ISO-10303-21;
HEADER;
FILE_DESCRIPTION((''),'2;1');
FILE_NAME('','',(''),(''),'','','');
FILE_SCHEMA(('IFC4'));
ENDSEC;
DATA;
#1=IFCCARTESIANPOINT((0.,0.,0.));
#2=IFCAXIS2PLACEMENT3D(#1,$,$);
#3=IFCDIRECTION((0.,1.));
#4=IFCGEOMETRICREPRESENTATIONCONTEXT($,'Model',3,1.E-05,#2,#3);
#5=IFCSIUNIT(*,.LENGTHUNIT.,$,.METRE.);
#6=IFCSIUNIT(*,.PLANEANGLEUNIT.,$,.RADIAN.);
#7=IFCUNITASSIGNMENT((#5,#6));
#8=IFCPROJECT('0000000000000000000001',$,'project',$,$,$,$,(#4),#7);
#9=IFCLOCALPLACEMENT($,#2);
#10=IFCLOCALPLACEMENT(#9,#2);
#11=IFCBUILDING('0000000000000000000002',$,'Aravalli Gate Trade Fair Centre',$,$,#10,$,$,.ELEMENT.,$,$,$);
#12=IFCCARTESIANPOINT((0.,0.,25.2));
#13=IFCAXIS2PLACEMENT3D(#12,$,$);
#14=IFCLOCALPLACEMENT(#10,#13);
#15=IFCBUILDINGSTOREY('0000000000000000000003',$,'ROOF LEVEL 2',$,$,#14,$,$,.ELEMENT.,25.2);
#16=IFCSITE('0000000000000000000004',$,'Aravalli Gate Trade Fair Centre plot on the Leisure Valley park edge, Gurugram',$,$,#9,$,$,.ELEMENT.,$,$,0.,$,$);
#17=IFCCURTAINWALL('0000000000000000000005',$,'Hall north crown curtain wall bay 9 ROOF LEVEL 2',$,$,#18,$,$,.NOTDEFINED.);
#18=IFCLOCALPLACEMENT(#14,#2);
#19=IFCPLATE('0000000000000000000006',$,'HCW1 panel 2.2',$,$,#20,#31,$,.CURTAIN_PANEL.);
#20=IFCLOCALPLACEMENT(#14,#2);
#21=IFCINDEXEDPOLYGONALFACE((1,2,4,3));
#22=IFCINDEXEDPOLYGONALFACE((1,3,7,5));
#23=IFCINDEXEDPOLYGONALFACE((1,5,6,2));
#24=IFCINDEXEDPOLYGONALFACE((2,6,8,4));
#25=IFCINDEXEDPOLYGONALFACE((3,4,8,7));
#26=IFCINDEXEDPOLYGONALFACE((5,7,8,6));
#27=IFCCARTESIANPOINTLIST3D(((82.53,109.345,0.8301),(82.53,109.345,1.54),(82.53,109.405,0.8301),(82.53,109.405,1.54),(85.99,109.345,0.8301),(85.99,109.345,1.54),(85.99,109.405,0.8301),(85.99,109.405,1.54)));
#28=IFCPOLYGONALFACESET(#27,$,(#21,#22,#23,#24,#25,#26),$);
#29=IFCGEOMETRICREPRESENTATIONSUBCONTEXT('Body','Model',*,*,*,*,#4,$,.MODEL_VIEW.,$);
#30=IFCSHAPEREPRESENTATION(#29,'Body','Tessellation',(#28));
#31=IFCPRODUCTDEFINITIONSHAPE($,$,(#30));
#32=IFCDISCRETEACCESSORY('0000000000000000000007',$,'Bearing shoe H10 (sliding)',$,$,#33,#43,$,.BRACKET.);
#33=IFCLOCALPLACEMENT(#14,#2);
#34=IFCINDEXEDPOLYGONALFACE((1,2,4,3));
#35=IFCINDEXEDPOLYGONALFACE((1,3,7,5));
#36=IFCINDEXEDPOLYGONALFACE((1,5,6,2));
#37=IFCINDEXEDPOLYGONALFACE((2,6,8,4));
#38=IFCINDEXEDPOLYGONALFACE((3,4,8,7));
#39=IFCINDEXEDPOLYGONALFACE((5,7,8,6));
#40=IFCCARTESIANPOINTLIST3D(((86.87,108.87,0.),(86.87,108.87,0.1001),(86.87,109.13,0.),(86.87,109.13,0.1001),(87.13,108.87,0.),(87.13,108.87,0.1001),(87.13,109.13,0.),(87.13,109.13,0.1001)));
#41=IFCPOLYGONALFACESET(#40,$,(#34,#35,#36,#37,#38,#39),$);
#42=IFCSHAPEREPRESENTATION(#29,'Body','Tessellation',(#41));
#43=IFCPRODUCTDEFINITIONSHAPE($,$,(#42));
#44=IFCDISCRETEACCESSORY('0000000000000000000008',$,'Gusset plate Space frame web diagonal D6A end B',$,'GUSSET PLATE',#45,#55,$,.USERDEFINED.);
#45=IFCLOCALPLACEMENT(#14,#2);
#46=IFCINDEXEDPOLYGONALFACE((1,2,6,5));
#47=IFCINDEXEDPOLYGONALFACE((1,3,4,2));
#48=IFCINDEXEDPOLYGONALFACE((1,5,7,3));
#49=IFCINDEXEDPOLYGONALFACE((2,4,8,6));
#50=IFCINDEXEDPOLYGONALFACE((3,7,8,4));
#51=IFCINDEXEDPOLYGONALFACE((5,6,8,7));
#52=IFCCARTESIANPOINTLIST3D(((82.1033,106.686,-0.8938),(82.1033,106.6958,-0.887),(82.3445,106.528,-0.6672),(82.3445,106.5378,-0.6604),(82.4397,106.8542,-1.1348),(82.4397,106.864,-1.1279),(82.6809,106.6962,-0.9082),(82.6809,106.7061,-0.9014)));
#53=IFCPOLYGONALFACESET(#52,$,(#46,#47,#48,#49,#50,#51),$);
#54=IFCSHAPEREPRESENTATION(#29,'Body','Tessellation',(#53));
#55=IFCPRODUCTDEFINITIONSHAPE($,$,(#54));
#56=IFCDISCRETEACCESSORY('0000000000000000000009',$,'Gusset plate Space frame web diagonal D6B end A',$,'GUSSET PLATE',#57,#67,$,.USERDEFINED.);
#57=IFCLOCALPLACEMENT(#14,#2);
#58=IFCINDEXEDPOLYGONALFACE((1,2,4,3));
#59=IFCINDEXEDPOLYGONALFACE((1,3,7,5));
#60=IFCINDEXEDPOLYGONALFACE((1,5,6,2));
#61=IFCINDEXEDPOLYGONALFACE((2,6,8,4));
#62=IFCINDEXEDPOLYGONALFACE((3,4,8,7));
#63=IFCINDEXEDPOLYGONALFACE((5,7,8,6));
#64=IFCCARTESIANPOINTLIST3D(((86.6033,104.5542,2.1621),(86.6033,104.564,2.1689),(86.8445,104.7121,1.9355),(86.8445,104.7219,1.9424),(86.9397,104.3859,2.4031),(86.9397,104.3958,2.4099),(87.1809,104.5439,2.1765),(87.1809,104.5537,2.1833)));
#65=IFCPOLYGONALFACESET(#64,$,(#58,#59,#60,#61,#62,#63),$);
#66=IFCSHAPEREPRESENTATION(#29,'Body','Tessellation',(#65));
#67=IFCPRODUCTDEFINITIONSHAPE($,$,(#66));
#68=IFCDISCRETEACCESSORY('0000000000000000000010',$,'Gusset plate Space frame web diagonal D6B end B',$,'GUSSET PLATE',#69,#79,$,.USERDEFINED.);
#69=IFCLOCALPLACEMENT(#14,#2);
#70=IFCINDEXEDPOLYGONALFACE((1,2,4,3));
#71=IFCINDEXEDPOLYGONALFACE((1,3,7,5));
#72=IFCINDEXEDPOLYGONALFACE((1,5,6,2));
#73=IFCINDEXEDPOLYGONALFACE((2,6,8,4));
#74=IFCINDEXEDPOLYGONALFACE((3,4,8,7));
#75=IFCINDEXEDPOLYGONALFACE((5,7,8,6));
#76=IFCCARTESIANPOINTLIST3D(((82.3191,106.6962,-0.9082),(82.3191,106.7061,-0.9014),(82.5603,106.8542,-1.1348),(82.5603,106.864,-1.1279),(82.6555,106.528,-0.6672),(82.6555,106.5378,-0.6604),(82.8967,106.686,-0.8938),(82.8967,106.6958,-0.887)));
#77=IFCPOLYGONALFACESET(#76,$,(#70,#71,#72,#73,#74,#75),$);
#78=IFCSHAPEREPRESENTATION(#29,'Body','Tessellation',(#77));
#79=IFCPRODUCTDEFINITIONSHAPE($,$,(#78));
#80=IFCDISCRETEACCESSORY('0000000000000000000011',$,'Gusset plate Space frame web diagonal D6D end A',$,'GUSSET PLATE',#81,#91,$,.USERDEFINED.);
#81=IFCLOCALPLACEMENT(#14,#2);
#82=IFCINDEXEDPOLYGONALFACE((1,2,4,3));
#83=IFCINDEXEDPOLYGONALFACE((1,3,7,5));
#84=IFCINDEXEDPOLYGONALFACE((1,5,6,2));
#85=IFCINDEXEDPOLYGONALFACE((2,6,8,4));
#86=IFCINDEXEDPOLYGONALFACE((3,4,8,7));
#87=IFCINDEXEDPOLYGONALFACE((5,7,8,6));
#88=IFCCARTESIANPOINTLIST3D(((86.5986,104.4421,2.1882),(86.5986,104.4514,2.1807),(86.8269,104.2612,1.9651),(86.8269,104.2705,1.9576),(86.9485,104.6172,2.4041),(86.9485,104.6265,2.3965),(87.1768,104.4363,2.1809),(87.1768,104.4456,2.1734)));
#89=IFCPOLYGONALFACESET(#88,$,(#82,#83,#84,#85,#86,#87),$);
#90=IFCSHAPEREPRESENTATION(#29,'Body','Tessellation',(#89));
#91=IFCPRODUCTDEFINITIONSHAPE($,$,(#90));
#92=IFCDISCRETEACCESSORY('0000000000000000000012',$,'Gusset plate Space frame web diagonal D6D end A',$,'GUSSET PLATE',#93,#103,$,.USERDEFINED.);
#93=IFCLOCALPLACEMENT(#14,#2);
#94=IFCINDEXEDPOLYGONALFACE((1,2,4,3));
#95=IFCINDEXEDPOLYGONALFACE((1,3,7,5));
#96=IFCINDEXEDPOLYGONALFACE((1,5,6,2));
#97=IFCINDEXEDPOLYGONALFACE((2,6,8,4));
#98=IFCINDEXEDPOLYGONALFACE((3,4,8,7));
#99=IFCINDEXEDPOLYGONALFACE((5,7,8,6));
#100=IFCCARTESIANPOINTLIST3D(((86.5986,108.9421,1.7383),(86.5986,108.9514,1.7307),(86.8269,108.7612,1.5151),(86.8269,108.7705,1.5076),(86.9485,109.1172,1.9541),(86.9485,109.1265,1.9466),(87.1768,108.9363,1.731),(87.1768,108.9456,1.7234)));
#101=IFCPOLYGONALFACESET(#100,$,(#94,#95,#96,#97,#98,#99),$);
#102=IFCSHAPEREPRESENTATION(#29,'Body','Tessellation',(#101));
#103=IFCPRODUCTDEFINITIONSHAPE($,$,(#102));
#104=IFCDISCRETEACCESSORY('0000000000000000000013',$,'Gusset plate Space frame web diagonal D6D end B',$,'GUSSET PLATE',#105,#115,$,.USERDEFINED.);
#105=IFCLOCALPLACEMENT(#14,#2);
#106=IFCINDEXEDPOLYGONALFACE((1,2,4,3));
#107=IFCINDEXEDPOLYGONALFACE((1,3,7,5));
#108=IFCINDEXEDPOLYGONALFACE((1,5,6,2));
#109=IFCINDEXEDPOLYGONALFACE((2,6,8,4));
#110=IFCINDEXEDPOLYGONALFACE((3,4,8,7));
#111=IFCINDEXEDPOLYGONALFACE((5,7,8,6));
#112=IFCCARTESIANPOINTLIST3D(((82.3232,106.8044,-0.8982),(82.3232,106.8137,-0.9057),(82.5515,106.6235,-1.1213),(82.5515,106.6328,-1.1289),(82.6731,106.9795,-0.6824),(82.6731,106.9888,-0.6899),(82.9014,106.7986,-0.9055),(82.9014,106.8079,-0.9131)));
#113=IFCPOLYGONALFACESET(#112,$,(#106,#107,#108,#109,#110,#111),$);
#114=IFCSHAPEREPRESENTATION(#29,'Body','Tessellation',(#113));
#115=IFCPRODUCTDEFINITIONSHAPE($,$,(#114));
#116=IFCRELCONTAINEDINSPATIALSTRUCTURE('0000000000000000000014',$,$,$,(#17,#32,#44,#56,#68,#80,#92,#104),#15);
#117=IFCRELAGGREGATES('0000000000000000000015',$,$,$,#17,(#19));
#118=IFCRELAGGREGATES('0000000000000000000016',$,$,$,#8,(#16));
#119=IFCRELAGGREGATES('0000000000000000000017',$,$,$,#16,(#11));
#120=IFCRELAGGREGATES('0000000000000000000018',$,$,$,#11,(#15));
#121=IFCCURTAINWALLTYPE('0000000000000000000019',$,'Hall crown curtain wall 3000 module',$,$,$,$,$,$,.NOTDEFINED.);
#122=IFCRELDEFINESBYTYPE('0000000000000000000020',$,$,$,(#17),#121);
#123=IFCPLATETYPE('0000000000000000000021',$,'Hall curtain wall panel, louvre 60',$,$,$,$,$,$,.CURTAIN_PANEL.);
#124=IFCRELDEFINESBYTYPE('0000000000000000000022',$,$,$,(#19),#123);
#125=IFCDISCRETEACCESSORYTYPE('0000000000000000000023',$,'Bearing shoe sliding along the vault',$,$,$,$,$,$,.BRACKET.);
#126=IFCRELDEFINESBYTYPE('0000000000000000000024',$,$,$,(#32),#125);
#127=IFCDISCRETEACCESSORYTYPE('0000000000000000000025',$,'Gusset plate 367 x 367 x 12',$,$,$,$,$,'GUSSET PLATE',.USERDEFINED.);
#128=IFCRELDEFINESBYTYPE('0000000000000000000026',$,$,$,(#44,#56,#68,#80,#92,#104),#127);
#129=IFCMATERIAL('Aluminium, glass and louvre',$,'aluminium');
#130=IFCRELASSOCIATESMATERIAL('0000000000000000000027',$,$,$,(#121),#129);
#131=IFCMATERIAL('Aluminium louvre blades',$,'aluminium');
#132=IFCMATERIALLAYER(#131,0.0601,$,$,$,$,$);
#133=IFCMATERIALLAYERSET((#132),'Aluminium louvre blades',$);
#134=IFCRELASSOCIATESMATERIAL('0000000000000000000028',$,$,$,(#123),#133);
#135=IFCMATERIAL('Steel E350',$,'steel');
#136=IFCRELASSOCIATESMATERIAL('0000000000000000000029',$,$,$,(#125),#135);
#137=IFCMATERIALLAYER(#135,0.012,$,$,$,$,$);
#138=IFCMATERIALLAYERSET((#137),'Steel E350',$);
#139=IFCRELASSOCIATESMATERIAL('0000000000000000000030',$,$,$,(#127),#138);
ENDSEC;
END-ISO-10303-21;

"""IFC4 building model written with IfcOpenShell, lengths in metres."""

from ifc_helpers import new_model, si_unit, direction, frame, origin, origin_2d, place, context, subcontext, project, spatial, polyline, rectangle, outline, extrude, material, layer, layer_set, type_object, element, aggregate, save


model = new_model("IFC4")

# Units and contexts
model_context = context("Model", 3, precision=1e-05, world=origin(), true_north=direction((0.0, 1.0)))
body_context = subcontext(model_context, "Body", "Model", "MODEL_VIEW")
ifc_project = project(units=[si_unit("LENGTHUNIT", "METRE"), si_unit("PLANEANGLEUNIT", "RADIAN")], contexts=[model_context])

# Site, building, storey
site_placement = place(None, origin())
site = spatial("IfcSite", under=ifc_project, at=site_placement, Name="Aravalli Gate Trade Fair Centre plot on the Leisure Valley park edge, Gurugram", CompositionType="ELEMENT", RefElevation=0.0)
building_placement = place(site_placement, origin())
building = spatial("IfcBuilding", under=site, at=building_placement, Name="Aravalli Gate Trade Fair Centre", CompositionType="ELEMENT")
storey_placement = place(building_placement, frame((0.0, 0.0, 25.2)))
storey = spatial("IfcBuildingStorey", under=building, at=storey_placement, Name="ROOF LEVEL 2", CompositionType="ELEMENT", Elevation=25.2)

# Shared definitions
ifc_material_1 = material(Name="Steel E350", Category="steel")

# Curtain wall, plate
ifc_material_2 = material(Name="Aluminium, glass and louvre", Category="aluminium")
curtain_wall_type = type_object("IfcCurtainWallType", Name="Hall crown curtain wall 3000 module", PredefinedType="NOTDEFINED", material=ifc_material_2)
curtain_wall_placement = place(storey_placement, origin())
curtain_wall = element("IfcCurtainWall", 1, at=curtain_wall_placement, inside=storey, type_object=curtain_wall_type, Name="Hall north crown curtain wall bay 9 ROOF LEVEL 2", PredefinedType="NOTDEFINED")
ifc_material_3 = material(Name="Aluminium louvre blades", Category="aluminium")
ifc_layer_1 = layer(ifc_material_3, 0.0601)
ifc_layer_set_1 = layer_set([ifc_layer_1], Name="Aluminium louvre blades")
plate_type = type_object("IfcPlateType", Name="Hall curtain wall panel, louvre 60", PredefinedType="CURTAIN_PANEL", material=ifc_layer_set_1)
plate_1_placement = place(storey_placement, frame((84.26, 109.375, 0.8301), z_axis=(0.0, 0.0, 1.0), x_axis=(1.0, 0.0, 0.0)))
plate_1 = element("IfcPlate", 2, at=plate_1_placement, type_object=plate_type, Name="HCW1 panel 2.2", PredefinedType="CURTAIN_PANEL", context=body_context, shape_type="SweptSolid", body=[
    extrude(rectangle(XDim=3.46, YDim=0.0601, at=origin_2d()), origin(), (0.0, 0.0, 1.0), 0.71),
])
aggregate(curtain_wall, [plate_1])

# Discrete accessories
discrete_accessory_type_1 = type_object("IfcDiscreteAccessoryType", Name="Bearing shoe sliding along the vault", PredefinedType="BRACKET", material=ifc_material_1)
discrete_accessory_1_placement = place(storey_placement, frame((87.0, 109.0, 0.0), z_axis=(0.0, 0.0, 1.0), x_axis=(1.0, 0.0, 0.0)))
element("IfcDiscreteAccessory", 3, at=discrete_accessory_1_placement, inside=storey, type_object=discrete_accessory_type_1, Name="Bearing shoe H10 (sliding)", PredefinedType="BRACKET", context=body_context, shape_type="SweptSolid", body=[
    extrude(rectangle(XDim=0.26, YDim=0.26, at=origin_2d()), origin(), (0.0, 0.0, 1.0), 0.1001),
])
ifc_layer_2 = layer(ifc_material_1, 0.012)
ifc_layer_set_2 = layer_set([ifc_layer_2], Name="Steel E350")
discrete_accessory_type_2 = type_object("IfcDiscreteAccessoryType", Name="Gusset plate 367 x 367 x 12", ElementType="GUSSET PLATE", PredefinedType="USERDEFINED", material=ifc_layer_set_2)
discrete_accessory_2_placement = place(storey_placement, frame((82.1033, 106.6958, -0.887), z_axis=(-0.000292, 0.820164, 0.572128), x_axis=(0.753132, 0.376566, -0.539435)))
element("IfcDiscreteAccessory", 4, at=discrete_accessory_2_placement, inside=storey, type_object=discrete_accessory_type_2, Name="Gusset plate Space frame web diagonal D6A end B", ObjectType="GUSSET PLATE", PredefinedType="USERDEFINED", context=body_context, shape_type="SweptSolid", body=[
    extrude(outline(polyline([(0.0, 0.0), (0.4467, 0.0), (0.4467, -0.3667), (0.0, -0.3667), (0.0, 0.0)])), origin(), (0.0, 0.0, -1.0), 0.012),
])
discrete_accessory_3_placement = place(storey_placement, frame((86.6033, 104.564, 2.1689), z_axis=(0.000292, 0.820164, 0.572128), x_axis=(0.753132, -0.376566, 0.539435)))
element("IfcDiscreteAccessory", 5, at=discrete_accessory_3_placement, inside=storey, type_object=discrete_accessory_type_2, Name="Gusset plate Space frame web diagonal D6B end A", ObjectType="GUSSET PLATE", PredefinedType="USERDEFINED", context=body_context, shape_type="SweptSolid", body=[
    extrude(outline(polyline([(0.0, 0.0), (0.4467, 0.0), (0.4467, 0.3667), (0.0, 0.3667), (0.0, 0.0)])), origin(), (0.0, 0.0, -1.0), 0.012),
])
discrete_accessory_4_placement = place(storey_placement, frame((82.6555, 106.5378, -0.6604), z_axis=(0.000292, 0.820164, 0.572128), x_axis=(-0.753132, 0.376566, -0.539435)))
element("IfcDiscreteAccessory", 6, at=discrete_accessory_4_placement, inside=storey, type_object=discrete_accessory_type_2, Name="Gusset plate Space frame web diagonal D6B end B", ObjectType="GUSSET PLATE", PredefinedType="USERDEFINED", context=body_context, shape_type="SweptSolid", body=[
    extrude(outline(polyline([(0.0, 0.0), (0.4467, 0.0), (0.4467, -0.3667), (0.0, -0.3667), (0.0, 0.0)])), origin(), (0.0, 0.0, -1.0), 0.012),
])
for number, where, z_axis, x_axis, name in (
    (7, (86.5986, 104.4421, 2.1882), (0.000107, -0.776736, 0.629826), (0.783044, 0.391795, 0.48305), "Gusset plate Space frame web diagonal D6D end A"),
    (8, (86.5986, 108.9421, 1.7383), (0.000107, -0.776736, 0.629826), (0.783044, 0.391795, 0.48305), "Gusset plate Space frame web diagonal D6D end A"),
):
    element("IfcDiscreteAccessory", number, at=place(storey_placement, frame(where, z_axis=z_axis, x_axis=x_axis)), inside=storey, type_object=discrete_accessory_type_2, Name=name, ObjectType="GUSSET PLATE", PredefinedType="USERDEFINED", context=body_context, shape_type="SweptSolid", body=[
        extrude(outline(polyline([(0.0, 0.0), (0.4468, 0.0), (0.4469, -0.3669), (0.0001, -0.3669), (0.0, 0.0)])), origin(), (0.0, 0.0, -1.0), 0.012),
    ])
discrete_accessory_5_placement = place(storey_placement, frame((82.6731, 106.9795, -0.6824), z_axis=(0.000107, -0.776736, 0.629826), x_axis=(-0.783044, -0.391795, -0.48305)))
element("IfcDiscreteAccessory", 9, at=discrete_accessory_5_placement, inside=storey, type_object=discrete_accessory_type_2, Name="Gusset plate Space frame web diagonal D6D end B", ObjectType="GUSSET PLATE", PredefinedType="USERDEFINED", context=body_context, shape_type="SweptSolid", body=[
    extrude(outline(polyline([(0.0, 0.0), (0.4468, 0.0), (0.4467, 0.3669), (-0.0001, 0.3669), (0.0, 0.0)])), origin(), (0.0, 0.0, -1.0), 0.012),
])

save(model, "model.ifc")
